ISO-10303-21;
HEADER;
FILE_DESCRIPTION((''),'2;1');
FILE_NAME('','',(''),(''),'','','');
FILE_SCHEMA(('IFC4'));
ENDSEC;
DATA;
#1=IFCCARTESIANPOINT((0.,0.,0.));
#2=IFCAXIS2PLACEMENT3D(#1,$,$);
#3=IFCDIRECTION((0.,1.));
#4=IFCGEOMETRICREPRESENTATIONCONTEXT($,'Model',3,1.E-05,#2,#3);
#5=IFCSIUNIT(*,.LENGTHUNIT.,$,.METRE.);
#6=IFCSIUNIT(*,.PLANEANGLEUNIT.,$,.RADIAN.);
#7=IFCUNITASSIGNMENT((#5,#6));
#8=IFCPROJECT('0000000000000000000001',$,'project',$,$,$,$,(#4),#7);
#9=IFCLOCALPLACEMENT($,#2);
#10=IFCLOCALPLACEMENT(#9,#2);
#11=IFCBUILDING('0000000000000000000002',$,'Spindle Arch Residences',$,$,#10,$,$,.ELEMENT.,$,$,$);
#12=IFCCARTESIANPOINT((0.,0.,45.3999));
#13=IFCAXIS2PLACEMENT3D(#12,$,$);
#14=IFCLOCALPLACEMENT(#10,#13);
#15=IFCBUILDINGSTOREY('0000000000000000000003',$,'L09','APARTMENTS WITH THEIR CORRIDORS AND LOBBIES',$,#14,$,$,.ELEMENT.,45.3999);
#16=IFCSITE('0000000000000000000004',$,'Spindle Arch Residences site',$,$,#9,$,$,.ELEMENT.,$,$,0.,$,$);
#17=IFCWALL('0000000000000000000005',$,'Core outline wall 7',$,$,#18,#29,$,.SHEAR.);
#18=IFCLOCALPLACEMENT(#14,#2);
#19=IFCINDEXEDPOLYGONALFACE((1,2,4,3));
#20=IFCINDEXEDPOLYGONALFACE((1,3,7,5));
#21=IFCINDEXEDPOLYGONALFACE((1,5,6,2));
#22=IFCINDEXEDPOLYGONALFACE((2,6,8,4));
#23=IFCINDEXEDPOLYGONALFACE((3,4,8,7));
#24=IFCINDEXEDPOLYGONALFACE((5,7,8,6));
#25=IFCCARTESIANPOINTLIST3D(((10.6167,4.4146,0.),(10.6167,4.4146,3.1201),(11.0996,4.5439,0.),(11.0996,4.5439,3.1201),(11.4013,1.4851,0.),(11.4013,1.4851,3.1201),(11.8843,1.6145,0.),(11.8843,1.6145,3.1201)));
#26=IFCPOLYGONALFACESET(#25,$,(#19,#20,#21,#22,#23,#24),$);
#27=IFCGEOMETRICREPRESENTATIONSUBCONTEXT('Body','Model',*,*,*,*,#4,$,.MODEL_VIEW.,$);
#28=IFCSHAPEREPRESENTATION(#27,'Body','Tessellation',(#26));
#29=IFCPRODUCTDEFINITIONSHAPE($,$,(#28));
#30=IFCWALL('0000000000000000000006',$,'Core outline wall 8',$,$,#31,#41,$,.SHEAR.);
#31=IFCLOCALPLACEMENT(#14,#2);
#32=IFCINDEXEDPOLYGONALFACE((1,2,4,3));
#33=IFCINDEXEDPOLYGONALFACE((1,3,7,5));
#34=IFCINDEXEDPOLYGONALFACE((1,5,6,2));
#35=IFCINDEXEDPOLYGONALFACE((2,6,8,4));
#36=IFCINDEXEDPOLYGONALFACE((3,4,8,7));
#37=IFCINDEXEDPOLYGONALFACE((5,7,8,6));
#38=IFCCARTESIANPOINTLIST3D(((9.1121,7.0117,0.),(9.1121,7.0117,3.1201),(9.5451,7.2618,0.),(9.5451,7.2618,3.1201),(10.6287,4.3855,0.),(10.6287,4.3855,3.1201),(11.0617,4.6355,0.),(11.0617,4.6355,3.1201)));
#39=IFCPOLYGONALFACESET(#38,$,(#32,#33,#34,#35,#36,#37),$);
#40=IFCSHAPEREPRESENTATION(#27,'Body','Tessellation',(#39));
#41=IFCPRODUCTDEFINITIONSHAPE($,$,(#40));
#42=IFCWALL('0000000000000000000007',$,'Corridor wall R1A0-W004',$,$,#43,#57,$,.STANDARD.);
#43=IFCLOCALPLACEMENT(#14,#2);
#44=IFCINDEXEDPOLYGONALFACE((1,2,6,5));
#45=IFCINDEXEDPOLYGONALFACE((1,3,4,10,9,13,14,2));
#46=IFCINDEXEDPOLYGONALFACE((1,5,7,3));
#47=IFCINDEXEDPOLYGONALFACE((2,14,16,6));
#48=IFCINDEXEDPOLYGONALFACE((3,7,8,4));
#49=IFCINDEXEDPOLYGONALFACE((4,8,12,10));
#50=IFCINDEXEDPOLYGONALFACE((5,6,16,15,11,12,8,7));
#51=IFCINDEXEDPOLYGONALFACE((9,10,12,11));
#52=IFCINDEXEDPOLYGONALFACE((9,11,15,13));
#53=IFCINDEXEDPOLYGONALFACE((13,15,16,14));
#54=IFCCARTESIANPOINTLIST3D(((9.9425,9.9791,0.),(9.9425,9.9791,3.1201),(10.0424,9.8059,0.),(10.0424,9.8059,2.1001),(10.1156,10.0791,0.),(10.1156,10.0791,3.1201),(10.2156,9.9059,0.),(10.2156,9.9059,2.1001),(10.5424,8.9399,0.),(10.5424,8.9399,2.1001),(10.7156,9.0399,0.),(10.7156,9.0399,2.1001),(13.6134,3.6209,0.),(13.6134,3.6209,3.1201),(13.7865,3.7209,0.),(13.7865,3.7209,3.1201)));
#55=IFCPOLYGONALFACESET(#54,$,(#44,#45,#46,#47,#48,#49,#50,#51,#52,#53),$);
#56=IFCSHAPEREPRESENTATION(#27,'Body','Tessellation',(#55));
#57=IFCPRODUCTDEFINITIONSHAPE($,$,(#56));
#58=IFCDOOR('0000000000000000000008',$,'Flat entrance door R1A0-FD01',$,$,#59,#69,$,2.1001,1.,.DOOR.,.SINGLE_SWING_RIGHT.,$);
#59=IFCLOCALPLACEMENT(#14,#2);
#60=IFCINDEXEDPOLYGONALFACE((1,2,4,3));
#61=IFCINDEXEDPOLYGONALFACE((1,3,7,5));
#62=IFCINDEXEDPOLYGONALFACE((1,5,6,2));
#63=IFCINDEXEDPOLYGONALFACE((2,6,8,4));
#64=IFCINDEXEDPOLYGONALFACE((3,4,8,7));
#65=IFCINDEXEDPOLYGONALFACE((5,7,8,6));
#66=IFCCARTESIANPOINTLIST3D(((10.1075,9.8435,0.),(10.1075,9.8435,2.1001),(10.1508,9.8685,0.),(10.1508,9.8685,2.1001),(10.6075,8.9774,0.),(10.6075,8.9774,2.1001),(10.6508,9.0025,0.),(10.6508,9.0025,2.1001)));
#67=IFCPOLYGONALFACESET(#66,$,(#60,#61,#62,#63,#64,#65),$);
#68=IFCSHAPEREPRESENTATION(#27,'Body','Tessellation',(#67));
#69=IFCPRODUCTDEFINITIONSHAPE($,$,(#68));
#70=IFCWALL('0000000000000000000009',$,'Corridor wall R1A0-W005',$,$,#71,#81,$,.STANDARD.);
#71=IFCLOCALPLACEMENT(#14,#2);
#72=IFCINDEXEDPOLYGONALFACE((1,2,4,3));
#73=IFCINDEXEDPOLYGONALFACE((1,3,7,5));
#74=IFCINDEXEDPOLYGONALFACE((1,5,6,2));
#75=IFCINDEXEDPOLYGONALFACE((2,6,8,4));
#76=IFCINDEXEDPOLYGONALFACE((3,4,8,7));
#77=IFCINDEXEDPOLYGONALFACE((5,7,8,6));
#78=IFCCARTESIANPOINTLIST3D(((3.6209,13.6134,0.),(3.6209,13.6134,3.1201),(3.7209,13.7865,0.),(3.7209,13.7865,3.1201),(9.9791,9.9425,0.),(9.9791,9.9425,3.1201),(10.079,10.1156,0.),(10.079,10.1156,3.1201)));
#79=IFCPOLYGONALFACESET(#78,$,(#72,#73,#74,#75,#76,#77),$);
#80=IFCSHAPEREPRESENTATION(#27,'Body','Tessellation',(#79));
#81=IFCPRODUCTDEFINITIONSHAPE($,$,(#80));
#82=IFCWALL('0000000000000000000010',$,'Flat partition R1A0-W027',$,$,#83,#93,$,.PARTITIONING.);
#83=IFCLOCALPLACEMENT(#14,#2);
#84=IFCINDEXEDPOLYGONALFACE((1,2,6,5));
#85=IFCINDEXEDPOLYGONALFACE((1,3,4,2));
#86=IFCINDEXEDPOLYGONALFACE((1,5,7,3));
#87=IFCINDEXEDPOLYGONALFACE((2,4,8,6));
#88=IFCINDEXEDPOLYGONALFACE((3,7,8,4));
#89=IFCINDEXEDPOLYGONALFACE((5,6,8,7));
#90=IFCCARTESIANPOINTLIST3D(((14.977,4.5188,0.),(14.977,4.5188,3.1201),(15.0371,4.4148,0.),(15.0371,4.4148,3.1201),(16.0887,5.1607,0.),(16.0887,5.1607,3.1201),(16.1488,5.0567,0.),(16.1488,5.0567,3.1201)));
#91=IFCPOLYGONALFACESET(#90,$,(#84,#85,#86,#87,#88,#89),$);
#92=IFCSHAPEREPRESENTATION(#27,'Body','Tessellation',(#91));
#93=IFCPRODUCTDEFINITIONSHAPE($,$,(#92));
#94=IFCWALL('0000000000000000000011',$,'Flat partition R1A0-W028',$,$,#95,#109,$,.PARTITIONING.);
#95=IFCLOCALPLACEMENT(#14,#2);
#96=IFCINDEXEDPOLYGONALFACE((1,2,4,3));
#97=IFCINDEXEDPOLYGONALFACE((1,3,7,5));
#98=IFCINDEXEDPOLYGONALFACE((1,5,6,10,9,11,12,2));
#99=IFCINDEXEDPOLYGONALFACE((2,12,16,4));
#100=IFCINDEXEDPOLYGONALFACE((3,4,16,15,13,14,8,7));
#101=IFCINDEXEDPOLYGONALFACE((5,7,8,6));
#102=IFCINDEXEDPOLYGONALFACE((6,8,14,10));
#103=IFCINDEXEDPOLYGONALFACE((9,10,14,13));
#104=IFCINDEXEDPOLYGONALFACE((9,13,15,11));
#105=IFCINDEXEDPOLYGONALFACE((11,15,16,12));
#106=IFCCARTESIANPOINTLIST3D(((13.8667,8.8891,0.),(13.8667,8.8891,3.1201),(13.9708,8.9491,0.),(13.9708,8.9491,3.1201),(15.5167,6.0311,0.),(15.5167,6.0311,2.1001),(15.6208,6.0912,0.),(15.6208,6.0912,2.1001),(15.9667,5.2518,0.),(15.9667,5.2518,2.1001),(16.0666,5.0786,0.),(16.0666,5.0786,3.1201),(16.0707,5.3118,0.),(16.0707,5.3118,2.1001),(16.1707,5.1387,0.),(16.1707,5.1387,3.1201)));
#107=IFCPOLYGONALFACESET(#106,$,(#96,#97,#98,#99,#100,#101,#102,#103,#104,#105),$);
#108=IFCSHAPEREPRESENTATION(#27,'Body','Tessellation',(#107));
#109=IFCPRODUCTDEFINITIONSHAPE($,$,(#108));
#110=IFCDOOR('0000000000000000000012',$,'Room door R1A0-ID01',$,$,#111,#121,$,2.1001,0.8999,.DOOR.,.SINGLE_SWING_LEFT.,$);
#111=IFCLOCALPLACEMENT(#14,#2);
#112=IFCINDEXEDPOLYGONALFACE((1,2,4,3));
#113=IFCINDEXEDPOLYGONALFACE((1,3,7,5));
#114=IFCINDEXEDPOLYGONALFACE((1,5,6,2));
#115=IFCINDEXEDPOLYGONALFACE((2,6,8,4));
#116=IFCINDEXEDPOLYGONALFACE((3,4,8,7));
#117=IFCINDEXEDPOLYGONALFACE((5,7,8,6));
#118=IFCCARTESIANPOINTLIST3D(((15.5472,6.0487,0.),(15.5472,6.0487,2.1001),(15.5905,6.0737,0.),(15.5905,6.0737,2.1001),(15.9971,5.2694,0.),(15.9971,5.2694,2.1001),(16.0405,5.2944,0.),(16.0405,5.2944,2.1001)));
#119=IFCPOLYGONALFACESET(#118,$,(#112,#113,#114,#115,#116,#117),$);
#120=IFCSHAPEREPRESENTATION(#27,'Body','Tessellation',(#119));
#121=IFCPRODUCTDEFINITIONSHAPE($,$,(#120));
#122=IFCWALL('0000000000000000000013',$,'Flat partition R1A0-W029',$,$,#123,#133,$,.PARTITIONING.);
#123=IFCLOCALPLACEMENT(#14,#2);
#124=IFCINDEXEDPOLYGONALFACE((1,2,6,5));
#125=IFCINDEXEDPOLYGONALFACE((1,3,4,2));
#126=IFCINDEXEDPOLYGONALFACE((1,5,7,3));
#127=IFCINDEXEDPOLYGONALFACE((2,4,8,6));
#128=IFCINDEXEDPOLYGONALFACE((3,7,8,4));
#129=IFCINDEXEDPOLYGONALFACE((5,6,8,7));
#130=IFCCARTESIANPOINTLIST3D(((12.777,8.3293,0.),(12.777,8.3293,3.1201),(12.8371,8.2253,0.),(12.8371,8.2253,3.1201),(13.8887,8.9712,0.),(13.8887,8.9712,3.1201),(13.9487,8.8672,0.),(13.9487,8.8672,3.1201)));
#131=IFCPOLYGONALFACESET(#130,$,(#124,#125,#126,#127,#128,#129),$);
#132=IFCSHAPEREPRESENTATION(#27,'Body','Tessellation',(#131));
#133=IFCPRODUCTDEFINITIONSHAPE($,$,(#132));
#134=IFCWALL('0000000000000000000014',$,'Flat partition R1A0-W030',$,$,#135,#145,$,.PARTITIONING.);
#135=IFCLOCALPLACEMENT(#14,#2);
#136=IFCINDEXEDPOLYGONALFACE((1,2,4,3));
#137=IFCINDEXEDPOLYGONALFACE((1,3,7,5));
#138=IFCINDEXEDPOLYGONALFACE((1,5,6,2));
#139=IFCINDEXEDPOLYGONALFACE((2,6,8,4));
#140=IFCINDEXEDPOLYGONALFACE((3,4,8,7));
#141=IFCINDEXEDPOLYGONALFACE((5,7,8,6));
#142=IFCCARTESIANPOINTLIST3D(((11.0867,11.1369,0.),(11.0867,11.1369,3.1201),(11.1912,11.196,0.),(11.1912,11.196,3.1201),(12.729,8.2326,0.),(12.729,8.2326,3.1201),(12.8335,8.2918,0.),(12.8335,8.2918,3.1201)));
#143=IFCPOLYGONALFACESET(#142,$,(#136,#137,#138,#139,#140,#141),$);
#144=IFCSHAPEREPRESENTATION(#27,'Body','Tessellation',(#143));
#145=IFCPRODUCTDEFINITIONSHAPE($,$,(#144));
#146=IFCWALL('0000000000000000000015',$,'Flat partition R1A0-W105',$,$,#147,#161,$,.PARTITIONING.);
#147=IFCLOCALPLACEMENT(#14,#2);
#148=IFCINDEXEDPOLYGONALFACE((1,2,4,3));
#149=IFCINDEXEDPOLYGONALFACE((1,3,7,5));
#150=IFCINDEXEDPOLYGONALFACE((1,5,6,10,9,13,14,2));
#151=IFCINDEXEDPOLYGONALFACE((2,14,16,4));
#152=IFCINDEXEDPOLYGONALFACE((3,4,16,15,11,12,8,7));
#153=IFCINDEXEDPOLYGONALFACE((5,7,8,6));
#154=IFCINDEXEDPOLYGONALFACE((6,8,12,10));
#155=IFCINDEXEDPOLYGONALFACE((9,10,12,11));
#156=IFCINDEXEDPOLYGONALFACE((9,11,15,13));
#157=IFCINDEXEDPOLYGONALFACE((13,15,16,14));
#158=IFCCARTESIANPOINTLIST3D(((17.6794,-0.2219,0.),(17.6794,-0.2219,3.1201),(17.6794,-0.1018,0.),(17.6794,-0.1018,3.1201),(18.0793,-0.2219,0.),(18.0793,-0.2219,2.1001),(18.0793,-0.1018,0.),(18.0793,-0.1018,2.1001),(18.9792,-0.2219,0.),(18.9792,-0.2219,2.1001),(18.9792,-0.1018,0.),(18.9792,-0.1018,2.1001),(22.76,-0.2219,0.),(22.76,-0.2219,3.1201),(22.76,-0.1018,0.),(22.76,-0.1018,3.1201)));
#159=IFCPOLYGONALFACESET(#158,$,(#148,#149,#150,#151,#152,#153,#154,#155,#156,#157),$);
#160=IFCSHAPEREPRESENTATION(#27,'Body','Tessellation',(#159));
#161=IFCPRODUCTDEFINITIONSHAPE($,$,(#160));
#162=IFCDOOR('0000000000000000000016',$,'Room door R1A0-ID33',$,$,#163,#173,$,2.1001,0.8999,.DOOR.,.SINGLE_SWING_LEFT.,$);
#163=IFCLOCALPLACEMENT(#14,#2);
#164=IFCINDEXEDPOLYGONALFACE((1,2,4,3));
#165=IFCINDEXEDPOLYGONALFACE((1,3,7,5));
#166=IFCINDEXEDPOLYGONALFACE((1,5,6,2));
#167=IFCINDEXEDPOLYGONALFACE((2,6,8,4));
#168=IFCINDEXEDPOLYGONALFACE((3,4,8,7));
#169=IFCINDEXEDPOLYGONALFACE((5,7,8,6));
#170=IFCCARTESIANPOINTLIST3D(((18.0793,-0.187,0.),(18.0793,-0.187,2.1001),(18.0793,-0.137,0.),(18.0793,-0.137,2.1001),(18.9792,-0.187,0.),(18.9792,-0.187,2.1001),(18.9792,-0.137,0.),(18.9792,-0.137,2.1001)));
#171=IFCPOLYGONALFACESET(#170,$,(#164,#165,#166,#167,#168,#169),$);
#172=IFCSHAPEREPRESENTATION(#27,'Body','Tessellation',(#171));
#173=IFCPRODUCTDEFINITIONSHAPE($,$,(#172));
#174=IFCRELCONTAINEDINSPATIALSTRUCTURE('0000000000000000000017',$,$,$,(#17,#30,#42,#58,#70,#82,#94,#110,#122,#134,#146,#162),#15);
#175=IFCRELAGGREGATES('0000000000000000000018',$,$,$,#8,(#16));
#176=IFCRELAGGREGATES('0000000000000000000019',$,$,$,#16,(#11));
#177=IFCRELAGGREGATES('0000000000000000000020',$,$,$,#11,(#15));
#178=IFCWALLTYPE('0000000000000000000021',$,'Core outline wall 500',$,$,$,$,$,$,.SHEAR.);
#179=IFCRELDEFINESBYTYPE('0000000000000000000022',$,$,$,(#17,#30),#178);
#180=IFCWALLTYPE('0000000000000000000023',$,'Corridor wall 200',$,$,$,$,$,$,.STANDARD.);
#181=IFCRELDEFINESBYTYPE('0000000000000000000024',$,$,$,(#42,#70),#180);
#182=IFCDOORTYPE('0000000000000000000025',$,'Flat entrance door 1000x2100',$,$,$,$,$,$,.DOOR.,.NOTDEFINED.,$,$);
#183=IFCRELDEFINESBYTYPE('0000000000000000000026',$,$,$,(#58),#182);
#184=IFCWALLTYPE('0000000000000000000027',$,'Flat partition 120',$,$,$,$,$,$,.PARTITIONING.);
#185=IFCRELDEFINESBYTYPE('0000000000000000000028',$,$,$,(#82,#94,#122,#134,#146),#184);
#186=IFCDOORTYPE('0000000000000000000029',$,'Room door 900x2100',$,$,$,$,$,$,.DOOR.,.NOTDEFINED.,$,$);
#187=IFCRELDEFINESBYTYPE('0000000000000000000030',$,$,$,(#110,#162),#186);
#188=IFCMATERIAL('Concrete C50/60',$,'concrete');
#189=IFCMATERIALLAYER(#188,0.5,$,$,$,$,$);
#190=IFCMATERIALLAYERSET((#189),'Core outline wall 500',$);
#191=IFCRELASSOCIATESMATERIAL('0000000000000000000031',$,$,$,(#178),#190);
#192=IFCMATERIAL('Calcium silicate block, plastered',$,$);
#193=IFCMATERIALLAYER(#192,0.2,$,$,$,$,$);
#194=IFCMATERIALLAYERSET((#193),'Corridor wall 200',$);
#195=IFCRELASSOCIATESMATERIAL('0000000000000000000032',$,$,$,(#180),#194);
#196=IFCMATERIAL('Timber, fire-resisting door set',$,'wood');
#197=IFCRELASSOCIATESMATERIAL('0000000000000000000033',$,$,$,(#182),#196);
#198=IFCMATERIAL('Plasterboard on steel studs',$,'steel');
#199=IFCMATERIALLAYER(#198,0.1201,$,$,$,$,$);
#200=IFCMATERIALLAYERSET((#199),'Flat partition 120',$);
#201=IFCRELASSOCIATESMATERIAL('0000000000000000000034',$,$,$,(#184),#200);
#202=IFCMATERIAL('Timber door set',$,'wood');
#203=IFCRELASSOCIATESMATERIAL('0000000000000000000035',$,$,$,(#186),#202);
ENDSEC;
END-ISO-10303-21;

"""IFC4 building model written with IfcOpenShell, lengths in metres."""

from ifc_helpers import new_model, si_unit, direction, frame, frame_2d, origin, place, context, subcontext, project, spatial, rectangle, extrude, material, layer, layer_set, type_object, element, fill, save


model = new_model("IFC4")

# Units and contexts
model_context = context("Model", 3, precision=1e-05, world=origin(), true_north=direction((0.0, 1.0)))
body_context = subcontext(model_context, "Body", "Model", "MODEL_VIEW")
ifc_project = project(units=[si_unit("LENGTHUNIT", "METRE"), si_unit("PLANEANGLEUNIT", "RADIAN")], contexts=[model_context])

# Site, building, storey
site_placement = place(None, origin())
site = spatial("IfcSite", under=ifc_project, at=site_placement, Name="Spindle Arch Residences site", CompositionType="ELEMENT", RefElevation=0.0)
building_placement = place(site_placement, origin())
building = spatial("IfcBuilding", under=site, at=building_placement, Name="Spindle Arch Residences", CompositionType="ELEMENT")
storey_placement = place(building_placement, frame((0.0, 0.0, 45.3999)))
storey = spatial("IfcBuildingStorey", under=building, at=storey_placement, Name="L09", Description="APARTMENTS WITH THEIR CORRIDORS AND LOBBIES", CompositionType="ELEMENT", Elevation=45.3999)

# Walls
ifc_material_1 = material(Name="Concrete C50/60", Category="concrete")
ifc_layer_1 = layer(ifc_material_1, 0.5)
ifc_layer_set_1 = layer_set([ifc_layer_1], Name="Core outline wall 500")
wall_type_1 = type_object("IfcWallType", Name="Core outline wall 500", PredefinedType="SHEAR", material=ifc_layer_set_1)
for number, where, z_axis, x_axis, name in (
    (1, (11.6428, 1.5498, 0.0), (0.0, 0.0, 1.0), (-0.258735, 0.965948, 0.0), "Core outline wall 7"),
    (2, (10.8452, 4.5105, 0.0), (0.0, 0.0, 1.0), (-0.500087, 0.865975, 0.0), "Core outline wall 8"),
):
    element("IfcWall", number, at=place(storey_placement, frame(where, z_axis=z_axis, x_axis=x_axis)), inside=storey, type_object=wall_type_1, Name=name, PredefinedType="SHEAR", context=body_context, shape_type="SweptSolid", body=[
        extrude(rectangle(XDim=3.0327, YDim=0.5, at=frame_2d((1.5164, 0.0))), origin(), (0.0, 0.0, 1.0), 3.1201),
    ])

# Wall, opening, door
ifc_material_2 = material(Name="Calcium silicate block, plastered")
ifc_layer_2 = layer(ifc_material_2, 0.2)
ifc_layer_set_2 = layer_set([ifc_layer_2], Name="Corridor wall 200")
wall_type_2 = type_object("IfcWallType", Name="Corridor wall 200", PredefinedType="STANDARD", material=ifc_layer_set_2)
wall_1_placement = place(storey_placement, frame((13.7, 3.6709, 0.0), z_axis=(0.0, 0.0, 1.0), x_axis=(-0.500002, 0.866024, 0.0)))
wall_1 = element("IfcWall", 3, at=wall_1_placement, inside=storey, type_object=wall_type_2, Name="Corridor wall R1A0-W004", PredefinedType="STANDARD", context=body_context, shape_type="SweptSolid", body=[
    extrude(rectangle(XDim=7.3418, YDim=0.2, at=frame_2d((3.6709, 0.0))), origin(), (0.0, 0.0, 1.0), 3.1201),
])
opening_1_placement = place(wall_1_placement, frame((6.1418, 0.0, 0.0)))
opening_1 = element("IfcOpeningElement", 4, at=opening_1_placement, cuts=wall_1, PredefinedType="OPENING", context=body_context, shape_type="SweptSolid", body=[
    extrude(rectangle(XDim=1.0, YDim=2.1001, at=frame_2d((0.5, 1.05))), frame((0.0, 0.1099, 0.0), z_axis=(0.0, -1.0, 0.0), x_axis=(1.0, 0.0, 0.0)), (0.0, 0.0, 1.0), 0.22),
])
ifc_material_3 = material(Name="Timber, fire-resisting door set", Category="wood")
door_type_1 = type_object("IfcDoorType", Name="Flat entrance door 1000x2100", OperationType="NOTDEFINED", PredefinedType="DOOR", material=ifc_material_3)
door_1_placement = place(opening_1_placement, origin())
door_1 = element("IfcDoor", 5, at=door_1_placement, inside=storey, type_object=door_type_1, Name="Flat entrance door R1A0-FD01", OperationType="SINGLE_SWING_RIGHT", OverallHeight=2.1001, OverallWidth=1.0, PredefinedType="DOOR", context=body_context, shape_type="SweptSolid", body=[
    extrude(rectangle(XDim=1.0, YDim=2.1001, at=frame_2d((0.5, 1.05))), frame((0.0, 0.0249, 0.0), z_axis=(0.0, -1.0, 0.0), x_axis=(1.0, 0.0, 0.0)), (0.0, 0.0, 1.0), 0.05),
])
fill(opening_1, door_1)

# Walls
wall_2_placement = place(storey_placement, frame((10.0291, 10.0291, 0.0), z_axis=(0.0, 0.0, 1.0), x_axis=(-0.866024, 0.500002, 0.0)))
element("IfcWall", 6, at=wall_2_placement, inside=storey, type_object=wall_type_2, Name="Corridor wall R1A0-W005", PredefinedType="STANDARD", context=body_context, shape_type="SweptSolid", body=[
    extrude(rectangle(XDim=7.3418, YDim=0.2, at=frame_2d((3.6709, 0.0))), origin(), (0.0, 0.0, 1.0), 3.1201),
])
ifc_material_4 = material(Name="Plasterboard on steel studs", Category="steel")
ifc_layer_3 = layer(ifc_material_4, 0.1201)
ifc_layer_set_3 = layer_set([ifc_layer_3], Name="Flat partition 120")
wall_type_3 = type_object("IfcWallType", Name="Flat partition 120", PredefinedType="PARTITIONING", material=ifc_layer_set_3)
wall_3_placement = place(storey_placement, frame((15.0071, 4.4668, 0.0), z_axis=(0.0, 0.0, 1.0), x_axis=(0.865999, 0.500046, 0.0)))
element("IfcWall", 7, at=wall_3_placement, inside=storey, type_object=wall_type_3, Name="Flat partition R1A0-W027", PredefinedType="PARTITIONING", context=body_context, shape_type="SweptSolid", body=[
    extrude(rectangle(XDim=1.2837, YDim=0.1201, at=frame_2d((0.6418, 0.0))), origin(), (0.0, 0.0, 1.0), 3.1201),
])

# Wall, opening, door
wall_4_placement = place(storey_placement, frame((16.1187, 5.1086, 0.0), z_axis=(0.0, 0.0, 1.0), x_axis=(-0.499988, 0.866032, 0.0)))
wall_4 = element("IfcWall", 8, at=wall_4_placement, inside=storey, type_object=wall_type_3, Name="Flat partition R1A0-W028", PredefinedType="PARTITIONING", context=body_context, shape_type="SweptSolid", body=[
    extrude(rectangle(XDim=4.3999, YDim=0.1201, at=frame_2d((2.2, 0.0))), origin(), (0.0, 0.0, 1.0), 3.1201),
])
opening_2_placement = place(wall_4_placement, frame((0.2, 0.0, 0.0)))
opening_2 = element("IfcOpeningElement", 9, at=opening_2_placement, cuts=wall_4, PredefinedType="OPENING", context=body_context, shape_type="SweptSolid", body=[
    extrude(rectangle(XDim=0.8999, YDim=2.1001, at=frame_2d((0.45, 1.05))), frame((0.0, 0.0701, 0.0), z_axis=(0.0, -1.0, 0.0), x_axis=(1.0, 0.0, 0.0)), (0.0, 0.0, 1.0), 0.1401),
])
ifc_material_5 = material(Name="Timber door set", Category="wood")
door_type_2 = type_object("IfcDoorType", Name="Room door 900x2100", OperationType="NOTDEFINED", PredefinedType="DOOR", material=ifc_material_5)
door_2_placement = place(opening_2_placement, origin())
door_2 = element("IfcDoor", 10, at=door_2_placement, inside=storey, type_object=door_type_2, Name="Room door R1A0-ID01", OperationType="SINGLE_SWING_LEFT", OverallHeight=2.1001, OverallWidth=0.8999, PredefinedType="DOOR", context=body_context, shape_type="SweptSolid", body=[
    extrude(rectangle(XDim=0.8999, YDim=2.1001, at=frame_2d((0.45, 1.05))), frame((0.0, 0.0249, 0.0), z_axis=(0.0, -1.0, 0.0), x_axis=(1.0, 0.0, 0.0)), (0.0, 0.0, 1.0), 0.05),
])
fill(opening_2, door_2)

# Walls
wall_5_placement = place(storey_placement, frame((13.9187, 8.9192, 0.0), z_axis=(0.0, 0.0, 1.0), x_axis=(-0.865999, -0.500046, 0.0)))
element("IfcWall", 11, at=wall_5_placement, inside=storey, type_object=wall_type_3, Name="Flat partition R1A0-W029", PredefinedType="PARTITIONING", context=body_context, shape_type="SweptSolid", body=[
    extrude(rectangle(XDim=1.2837, YDim=0.1201, at=frame_2d((0.6418, 0.0))), origin(), (0.0, 0.0, 1.0), 3.1201),
])
wall_6_placement = place(storey_placement, frame((12.7812, 8.2622, 0.0), z_axis=(0.0, 0.0, 1.0), x_axis=(-0.492233, 0.870463, 0.0)))
element("IfcWall", 12, at=wall_6_placement, inside=storey, type_object=wall_type_3, Name="Flat partition R1A0-W030", PredefinedType="PARTITIONING", context=body_context, shape_type="SweptSolid", body=[
    extrude(rectangle(XDim=3.3364, YDim=0.1201, at=frame_2d((1.6682, 0.0))), origin(), (0.0, 0.0, 1.0), 3.1201),
])

# Wall, opening, door
wall_7_placement = place(storey_placement, frame((17.6794, -0.1619, 0.0), z_axis=(0.0, 0.0, 1.0), x_axis=(1.0, 0.0, 0.0)))
wall_7 = element("IfcWall", 13, at=wall_7_placement, inside=storey, type_object=wall_type_3, Name="Flat partition R1A0-W105", PredefinedType="PARTITIONING", context=body_context, shape_type="SweptSolid", body=[
    extrude(rectangle(XDim=5.0806, YDim=0.1201, at=frame_2d((2.5403, 0.0))), origin(), (0.0, 0.0, 1.0), 3.1201),
])
opening_3_placement = place(wall_7_placement, frame((0.3999, 0.0, 0.0)))
opening_3 = element("IfcOpeningElement", 14, at=opening_3_placement, cuts=wall_7, PredefinedType="OPENING", context=body_context, shape_type="SweptSolid", body=[
    extrude(rectangle(XDim=0.8999, YDim=2.1001, at=frame_2d((0.45, 1.05))), frame((0.0, 0.0701, 0.0), z_axis=(0.0, -1.0, 0.0), x_axis=(1.0, 0.0, 0.0)), (0.0, 0.0, 1.0), 0.1401),
])
door_3_placement = place(opening_3_placement, origin())
door_3 = element("IfcDoor", 15, at=door_3_placement, inside=storey, type_object=door_type_2, Name="Room door R1A0-ID33", OperationType="SINGLE_SWING_LEFT", OverallHeight=2.1001, OverallWidth=0.8999, PredefinedType="DOOR", context=body_context, shape_type="SweptSolid", body=[
    extrude(rectangle(XDim=0.8999, YDim=2.1001, at=frame_2d((0.45, 1.05))), frame((0.0, 0.0249, 0.0), z_axis=(0.0, -1.0, 0.0), x_axis=(1.0, 0.0, 0.0)), (0.0, 0.0, 1.0), 0.05),
])
fill(opening_3, door_3)

save(model, "model.ifc")
